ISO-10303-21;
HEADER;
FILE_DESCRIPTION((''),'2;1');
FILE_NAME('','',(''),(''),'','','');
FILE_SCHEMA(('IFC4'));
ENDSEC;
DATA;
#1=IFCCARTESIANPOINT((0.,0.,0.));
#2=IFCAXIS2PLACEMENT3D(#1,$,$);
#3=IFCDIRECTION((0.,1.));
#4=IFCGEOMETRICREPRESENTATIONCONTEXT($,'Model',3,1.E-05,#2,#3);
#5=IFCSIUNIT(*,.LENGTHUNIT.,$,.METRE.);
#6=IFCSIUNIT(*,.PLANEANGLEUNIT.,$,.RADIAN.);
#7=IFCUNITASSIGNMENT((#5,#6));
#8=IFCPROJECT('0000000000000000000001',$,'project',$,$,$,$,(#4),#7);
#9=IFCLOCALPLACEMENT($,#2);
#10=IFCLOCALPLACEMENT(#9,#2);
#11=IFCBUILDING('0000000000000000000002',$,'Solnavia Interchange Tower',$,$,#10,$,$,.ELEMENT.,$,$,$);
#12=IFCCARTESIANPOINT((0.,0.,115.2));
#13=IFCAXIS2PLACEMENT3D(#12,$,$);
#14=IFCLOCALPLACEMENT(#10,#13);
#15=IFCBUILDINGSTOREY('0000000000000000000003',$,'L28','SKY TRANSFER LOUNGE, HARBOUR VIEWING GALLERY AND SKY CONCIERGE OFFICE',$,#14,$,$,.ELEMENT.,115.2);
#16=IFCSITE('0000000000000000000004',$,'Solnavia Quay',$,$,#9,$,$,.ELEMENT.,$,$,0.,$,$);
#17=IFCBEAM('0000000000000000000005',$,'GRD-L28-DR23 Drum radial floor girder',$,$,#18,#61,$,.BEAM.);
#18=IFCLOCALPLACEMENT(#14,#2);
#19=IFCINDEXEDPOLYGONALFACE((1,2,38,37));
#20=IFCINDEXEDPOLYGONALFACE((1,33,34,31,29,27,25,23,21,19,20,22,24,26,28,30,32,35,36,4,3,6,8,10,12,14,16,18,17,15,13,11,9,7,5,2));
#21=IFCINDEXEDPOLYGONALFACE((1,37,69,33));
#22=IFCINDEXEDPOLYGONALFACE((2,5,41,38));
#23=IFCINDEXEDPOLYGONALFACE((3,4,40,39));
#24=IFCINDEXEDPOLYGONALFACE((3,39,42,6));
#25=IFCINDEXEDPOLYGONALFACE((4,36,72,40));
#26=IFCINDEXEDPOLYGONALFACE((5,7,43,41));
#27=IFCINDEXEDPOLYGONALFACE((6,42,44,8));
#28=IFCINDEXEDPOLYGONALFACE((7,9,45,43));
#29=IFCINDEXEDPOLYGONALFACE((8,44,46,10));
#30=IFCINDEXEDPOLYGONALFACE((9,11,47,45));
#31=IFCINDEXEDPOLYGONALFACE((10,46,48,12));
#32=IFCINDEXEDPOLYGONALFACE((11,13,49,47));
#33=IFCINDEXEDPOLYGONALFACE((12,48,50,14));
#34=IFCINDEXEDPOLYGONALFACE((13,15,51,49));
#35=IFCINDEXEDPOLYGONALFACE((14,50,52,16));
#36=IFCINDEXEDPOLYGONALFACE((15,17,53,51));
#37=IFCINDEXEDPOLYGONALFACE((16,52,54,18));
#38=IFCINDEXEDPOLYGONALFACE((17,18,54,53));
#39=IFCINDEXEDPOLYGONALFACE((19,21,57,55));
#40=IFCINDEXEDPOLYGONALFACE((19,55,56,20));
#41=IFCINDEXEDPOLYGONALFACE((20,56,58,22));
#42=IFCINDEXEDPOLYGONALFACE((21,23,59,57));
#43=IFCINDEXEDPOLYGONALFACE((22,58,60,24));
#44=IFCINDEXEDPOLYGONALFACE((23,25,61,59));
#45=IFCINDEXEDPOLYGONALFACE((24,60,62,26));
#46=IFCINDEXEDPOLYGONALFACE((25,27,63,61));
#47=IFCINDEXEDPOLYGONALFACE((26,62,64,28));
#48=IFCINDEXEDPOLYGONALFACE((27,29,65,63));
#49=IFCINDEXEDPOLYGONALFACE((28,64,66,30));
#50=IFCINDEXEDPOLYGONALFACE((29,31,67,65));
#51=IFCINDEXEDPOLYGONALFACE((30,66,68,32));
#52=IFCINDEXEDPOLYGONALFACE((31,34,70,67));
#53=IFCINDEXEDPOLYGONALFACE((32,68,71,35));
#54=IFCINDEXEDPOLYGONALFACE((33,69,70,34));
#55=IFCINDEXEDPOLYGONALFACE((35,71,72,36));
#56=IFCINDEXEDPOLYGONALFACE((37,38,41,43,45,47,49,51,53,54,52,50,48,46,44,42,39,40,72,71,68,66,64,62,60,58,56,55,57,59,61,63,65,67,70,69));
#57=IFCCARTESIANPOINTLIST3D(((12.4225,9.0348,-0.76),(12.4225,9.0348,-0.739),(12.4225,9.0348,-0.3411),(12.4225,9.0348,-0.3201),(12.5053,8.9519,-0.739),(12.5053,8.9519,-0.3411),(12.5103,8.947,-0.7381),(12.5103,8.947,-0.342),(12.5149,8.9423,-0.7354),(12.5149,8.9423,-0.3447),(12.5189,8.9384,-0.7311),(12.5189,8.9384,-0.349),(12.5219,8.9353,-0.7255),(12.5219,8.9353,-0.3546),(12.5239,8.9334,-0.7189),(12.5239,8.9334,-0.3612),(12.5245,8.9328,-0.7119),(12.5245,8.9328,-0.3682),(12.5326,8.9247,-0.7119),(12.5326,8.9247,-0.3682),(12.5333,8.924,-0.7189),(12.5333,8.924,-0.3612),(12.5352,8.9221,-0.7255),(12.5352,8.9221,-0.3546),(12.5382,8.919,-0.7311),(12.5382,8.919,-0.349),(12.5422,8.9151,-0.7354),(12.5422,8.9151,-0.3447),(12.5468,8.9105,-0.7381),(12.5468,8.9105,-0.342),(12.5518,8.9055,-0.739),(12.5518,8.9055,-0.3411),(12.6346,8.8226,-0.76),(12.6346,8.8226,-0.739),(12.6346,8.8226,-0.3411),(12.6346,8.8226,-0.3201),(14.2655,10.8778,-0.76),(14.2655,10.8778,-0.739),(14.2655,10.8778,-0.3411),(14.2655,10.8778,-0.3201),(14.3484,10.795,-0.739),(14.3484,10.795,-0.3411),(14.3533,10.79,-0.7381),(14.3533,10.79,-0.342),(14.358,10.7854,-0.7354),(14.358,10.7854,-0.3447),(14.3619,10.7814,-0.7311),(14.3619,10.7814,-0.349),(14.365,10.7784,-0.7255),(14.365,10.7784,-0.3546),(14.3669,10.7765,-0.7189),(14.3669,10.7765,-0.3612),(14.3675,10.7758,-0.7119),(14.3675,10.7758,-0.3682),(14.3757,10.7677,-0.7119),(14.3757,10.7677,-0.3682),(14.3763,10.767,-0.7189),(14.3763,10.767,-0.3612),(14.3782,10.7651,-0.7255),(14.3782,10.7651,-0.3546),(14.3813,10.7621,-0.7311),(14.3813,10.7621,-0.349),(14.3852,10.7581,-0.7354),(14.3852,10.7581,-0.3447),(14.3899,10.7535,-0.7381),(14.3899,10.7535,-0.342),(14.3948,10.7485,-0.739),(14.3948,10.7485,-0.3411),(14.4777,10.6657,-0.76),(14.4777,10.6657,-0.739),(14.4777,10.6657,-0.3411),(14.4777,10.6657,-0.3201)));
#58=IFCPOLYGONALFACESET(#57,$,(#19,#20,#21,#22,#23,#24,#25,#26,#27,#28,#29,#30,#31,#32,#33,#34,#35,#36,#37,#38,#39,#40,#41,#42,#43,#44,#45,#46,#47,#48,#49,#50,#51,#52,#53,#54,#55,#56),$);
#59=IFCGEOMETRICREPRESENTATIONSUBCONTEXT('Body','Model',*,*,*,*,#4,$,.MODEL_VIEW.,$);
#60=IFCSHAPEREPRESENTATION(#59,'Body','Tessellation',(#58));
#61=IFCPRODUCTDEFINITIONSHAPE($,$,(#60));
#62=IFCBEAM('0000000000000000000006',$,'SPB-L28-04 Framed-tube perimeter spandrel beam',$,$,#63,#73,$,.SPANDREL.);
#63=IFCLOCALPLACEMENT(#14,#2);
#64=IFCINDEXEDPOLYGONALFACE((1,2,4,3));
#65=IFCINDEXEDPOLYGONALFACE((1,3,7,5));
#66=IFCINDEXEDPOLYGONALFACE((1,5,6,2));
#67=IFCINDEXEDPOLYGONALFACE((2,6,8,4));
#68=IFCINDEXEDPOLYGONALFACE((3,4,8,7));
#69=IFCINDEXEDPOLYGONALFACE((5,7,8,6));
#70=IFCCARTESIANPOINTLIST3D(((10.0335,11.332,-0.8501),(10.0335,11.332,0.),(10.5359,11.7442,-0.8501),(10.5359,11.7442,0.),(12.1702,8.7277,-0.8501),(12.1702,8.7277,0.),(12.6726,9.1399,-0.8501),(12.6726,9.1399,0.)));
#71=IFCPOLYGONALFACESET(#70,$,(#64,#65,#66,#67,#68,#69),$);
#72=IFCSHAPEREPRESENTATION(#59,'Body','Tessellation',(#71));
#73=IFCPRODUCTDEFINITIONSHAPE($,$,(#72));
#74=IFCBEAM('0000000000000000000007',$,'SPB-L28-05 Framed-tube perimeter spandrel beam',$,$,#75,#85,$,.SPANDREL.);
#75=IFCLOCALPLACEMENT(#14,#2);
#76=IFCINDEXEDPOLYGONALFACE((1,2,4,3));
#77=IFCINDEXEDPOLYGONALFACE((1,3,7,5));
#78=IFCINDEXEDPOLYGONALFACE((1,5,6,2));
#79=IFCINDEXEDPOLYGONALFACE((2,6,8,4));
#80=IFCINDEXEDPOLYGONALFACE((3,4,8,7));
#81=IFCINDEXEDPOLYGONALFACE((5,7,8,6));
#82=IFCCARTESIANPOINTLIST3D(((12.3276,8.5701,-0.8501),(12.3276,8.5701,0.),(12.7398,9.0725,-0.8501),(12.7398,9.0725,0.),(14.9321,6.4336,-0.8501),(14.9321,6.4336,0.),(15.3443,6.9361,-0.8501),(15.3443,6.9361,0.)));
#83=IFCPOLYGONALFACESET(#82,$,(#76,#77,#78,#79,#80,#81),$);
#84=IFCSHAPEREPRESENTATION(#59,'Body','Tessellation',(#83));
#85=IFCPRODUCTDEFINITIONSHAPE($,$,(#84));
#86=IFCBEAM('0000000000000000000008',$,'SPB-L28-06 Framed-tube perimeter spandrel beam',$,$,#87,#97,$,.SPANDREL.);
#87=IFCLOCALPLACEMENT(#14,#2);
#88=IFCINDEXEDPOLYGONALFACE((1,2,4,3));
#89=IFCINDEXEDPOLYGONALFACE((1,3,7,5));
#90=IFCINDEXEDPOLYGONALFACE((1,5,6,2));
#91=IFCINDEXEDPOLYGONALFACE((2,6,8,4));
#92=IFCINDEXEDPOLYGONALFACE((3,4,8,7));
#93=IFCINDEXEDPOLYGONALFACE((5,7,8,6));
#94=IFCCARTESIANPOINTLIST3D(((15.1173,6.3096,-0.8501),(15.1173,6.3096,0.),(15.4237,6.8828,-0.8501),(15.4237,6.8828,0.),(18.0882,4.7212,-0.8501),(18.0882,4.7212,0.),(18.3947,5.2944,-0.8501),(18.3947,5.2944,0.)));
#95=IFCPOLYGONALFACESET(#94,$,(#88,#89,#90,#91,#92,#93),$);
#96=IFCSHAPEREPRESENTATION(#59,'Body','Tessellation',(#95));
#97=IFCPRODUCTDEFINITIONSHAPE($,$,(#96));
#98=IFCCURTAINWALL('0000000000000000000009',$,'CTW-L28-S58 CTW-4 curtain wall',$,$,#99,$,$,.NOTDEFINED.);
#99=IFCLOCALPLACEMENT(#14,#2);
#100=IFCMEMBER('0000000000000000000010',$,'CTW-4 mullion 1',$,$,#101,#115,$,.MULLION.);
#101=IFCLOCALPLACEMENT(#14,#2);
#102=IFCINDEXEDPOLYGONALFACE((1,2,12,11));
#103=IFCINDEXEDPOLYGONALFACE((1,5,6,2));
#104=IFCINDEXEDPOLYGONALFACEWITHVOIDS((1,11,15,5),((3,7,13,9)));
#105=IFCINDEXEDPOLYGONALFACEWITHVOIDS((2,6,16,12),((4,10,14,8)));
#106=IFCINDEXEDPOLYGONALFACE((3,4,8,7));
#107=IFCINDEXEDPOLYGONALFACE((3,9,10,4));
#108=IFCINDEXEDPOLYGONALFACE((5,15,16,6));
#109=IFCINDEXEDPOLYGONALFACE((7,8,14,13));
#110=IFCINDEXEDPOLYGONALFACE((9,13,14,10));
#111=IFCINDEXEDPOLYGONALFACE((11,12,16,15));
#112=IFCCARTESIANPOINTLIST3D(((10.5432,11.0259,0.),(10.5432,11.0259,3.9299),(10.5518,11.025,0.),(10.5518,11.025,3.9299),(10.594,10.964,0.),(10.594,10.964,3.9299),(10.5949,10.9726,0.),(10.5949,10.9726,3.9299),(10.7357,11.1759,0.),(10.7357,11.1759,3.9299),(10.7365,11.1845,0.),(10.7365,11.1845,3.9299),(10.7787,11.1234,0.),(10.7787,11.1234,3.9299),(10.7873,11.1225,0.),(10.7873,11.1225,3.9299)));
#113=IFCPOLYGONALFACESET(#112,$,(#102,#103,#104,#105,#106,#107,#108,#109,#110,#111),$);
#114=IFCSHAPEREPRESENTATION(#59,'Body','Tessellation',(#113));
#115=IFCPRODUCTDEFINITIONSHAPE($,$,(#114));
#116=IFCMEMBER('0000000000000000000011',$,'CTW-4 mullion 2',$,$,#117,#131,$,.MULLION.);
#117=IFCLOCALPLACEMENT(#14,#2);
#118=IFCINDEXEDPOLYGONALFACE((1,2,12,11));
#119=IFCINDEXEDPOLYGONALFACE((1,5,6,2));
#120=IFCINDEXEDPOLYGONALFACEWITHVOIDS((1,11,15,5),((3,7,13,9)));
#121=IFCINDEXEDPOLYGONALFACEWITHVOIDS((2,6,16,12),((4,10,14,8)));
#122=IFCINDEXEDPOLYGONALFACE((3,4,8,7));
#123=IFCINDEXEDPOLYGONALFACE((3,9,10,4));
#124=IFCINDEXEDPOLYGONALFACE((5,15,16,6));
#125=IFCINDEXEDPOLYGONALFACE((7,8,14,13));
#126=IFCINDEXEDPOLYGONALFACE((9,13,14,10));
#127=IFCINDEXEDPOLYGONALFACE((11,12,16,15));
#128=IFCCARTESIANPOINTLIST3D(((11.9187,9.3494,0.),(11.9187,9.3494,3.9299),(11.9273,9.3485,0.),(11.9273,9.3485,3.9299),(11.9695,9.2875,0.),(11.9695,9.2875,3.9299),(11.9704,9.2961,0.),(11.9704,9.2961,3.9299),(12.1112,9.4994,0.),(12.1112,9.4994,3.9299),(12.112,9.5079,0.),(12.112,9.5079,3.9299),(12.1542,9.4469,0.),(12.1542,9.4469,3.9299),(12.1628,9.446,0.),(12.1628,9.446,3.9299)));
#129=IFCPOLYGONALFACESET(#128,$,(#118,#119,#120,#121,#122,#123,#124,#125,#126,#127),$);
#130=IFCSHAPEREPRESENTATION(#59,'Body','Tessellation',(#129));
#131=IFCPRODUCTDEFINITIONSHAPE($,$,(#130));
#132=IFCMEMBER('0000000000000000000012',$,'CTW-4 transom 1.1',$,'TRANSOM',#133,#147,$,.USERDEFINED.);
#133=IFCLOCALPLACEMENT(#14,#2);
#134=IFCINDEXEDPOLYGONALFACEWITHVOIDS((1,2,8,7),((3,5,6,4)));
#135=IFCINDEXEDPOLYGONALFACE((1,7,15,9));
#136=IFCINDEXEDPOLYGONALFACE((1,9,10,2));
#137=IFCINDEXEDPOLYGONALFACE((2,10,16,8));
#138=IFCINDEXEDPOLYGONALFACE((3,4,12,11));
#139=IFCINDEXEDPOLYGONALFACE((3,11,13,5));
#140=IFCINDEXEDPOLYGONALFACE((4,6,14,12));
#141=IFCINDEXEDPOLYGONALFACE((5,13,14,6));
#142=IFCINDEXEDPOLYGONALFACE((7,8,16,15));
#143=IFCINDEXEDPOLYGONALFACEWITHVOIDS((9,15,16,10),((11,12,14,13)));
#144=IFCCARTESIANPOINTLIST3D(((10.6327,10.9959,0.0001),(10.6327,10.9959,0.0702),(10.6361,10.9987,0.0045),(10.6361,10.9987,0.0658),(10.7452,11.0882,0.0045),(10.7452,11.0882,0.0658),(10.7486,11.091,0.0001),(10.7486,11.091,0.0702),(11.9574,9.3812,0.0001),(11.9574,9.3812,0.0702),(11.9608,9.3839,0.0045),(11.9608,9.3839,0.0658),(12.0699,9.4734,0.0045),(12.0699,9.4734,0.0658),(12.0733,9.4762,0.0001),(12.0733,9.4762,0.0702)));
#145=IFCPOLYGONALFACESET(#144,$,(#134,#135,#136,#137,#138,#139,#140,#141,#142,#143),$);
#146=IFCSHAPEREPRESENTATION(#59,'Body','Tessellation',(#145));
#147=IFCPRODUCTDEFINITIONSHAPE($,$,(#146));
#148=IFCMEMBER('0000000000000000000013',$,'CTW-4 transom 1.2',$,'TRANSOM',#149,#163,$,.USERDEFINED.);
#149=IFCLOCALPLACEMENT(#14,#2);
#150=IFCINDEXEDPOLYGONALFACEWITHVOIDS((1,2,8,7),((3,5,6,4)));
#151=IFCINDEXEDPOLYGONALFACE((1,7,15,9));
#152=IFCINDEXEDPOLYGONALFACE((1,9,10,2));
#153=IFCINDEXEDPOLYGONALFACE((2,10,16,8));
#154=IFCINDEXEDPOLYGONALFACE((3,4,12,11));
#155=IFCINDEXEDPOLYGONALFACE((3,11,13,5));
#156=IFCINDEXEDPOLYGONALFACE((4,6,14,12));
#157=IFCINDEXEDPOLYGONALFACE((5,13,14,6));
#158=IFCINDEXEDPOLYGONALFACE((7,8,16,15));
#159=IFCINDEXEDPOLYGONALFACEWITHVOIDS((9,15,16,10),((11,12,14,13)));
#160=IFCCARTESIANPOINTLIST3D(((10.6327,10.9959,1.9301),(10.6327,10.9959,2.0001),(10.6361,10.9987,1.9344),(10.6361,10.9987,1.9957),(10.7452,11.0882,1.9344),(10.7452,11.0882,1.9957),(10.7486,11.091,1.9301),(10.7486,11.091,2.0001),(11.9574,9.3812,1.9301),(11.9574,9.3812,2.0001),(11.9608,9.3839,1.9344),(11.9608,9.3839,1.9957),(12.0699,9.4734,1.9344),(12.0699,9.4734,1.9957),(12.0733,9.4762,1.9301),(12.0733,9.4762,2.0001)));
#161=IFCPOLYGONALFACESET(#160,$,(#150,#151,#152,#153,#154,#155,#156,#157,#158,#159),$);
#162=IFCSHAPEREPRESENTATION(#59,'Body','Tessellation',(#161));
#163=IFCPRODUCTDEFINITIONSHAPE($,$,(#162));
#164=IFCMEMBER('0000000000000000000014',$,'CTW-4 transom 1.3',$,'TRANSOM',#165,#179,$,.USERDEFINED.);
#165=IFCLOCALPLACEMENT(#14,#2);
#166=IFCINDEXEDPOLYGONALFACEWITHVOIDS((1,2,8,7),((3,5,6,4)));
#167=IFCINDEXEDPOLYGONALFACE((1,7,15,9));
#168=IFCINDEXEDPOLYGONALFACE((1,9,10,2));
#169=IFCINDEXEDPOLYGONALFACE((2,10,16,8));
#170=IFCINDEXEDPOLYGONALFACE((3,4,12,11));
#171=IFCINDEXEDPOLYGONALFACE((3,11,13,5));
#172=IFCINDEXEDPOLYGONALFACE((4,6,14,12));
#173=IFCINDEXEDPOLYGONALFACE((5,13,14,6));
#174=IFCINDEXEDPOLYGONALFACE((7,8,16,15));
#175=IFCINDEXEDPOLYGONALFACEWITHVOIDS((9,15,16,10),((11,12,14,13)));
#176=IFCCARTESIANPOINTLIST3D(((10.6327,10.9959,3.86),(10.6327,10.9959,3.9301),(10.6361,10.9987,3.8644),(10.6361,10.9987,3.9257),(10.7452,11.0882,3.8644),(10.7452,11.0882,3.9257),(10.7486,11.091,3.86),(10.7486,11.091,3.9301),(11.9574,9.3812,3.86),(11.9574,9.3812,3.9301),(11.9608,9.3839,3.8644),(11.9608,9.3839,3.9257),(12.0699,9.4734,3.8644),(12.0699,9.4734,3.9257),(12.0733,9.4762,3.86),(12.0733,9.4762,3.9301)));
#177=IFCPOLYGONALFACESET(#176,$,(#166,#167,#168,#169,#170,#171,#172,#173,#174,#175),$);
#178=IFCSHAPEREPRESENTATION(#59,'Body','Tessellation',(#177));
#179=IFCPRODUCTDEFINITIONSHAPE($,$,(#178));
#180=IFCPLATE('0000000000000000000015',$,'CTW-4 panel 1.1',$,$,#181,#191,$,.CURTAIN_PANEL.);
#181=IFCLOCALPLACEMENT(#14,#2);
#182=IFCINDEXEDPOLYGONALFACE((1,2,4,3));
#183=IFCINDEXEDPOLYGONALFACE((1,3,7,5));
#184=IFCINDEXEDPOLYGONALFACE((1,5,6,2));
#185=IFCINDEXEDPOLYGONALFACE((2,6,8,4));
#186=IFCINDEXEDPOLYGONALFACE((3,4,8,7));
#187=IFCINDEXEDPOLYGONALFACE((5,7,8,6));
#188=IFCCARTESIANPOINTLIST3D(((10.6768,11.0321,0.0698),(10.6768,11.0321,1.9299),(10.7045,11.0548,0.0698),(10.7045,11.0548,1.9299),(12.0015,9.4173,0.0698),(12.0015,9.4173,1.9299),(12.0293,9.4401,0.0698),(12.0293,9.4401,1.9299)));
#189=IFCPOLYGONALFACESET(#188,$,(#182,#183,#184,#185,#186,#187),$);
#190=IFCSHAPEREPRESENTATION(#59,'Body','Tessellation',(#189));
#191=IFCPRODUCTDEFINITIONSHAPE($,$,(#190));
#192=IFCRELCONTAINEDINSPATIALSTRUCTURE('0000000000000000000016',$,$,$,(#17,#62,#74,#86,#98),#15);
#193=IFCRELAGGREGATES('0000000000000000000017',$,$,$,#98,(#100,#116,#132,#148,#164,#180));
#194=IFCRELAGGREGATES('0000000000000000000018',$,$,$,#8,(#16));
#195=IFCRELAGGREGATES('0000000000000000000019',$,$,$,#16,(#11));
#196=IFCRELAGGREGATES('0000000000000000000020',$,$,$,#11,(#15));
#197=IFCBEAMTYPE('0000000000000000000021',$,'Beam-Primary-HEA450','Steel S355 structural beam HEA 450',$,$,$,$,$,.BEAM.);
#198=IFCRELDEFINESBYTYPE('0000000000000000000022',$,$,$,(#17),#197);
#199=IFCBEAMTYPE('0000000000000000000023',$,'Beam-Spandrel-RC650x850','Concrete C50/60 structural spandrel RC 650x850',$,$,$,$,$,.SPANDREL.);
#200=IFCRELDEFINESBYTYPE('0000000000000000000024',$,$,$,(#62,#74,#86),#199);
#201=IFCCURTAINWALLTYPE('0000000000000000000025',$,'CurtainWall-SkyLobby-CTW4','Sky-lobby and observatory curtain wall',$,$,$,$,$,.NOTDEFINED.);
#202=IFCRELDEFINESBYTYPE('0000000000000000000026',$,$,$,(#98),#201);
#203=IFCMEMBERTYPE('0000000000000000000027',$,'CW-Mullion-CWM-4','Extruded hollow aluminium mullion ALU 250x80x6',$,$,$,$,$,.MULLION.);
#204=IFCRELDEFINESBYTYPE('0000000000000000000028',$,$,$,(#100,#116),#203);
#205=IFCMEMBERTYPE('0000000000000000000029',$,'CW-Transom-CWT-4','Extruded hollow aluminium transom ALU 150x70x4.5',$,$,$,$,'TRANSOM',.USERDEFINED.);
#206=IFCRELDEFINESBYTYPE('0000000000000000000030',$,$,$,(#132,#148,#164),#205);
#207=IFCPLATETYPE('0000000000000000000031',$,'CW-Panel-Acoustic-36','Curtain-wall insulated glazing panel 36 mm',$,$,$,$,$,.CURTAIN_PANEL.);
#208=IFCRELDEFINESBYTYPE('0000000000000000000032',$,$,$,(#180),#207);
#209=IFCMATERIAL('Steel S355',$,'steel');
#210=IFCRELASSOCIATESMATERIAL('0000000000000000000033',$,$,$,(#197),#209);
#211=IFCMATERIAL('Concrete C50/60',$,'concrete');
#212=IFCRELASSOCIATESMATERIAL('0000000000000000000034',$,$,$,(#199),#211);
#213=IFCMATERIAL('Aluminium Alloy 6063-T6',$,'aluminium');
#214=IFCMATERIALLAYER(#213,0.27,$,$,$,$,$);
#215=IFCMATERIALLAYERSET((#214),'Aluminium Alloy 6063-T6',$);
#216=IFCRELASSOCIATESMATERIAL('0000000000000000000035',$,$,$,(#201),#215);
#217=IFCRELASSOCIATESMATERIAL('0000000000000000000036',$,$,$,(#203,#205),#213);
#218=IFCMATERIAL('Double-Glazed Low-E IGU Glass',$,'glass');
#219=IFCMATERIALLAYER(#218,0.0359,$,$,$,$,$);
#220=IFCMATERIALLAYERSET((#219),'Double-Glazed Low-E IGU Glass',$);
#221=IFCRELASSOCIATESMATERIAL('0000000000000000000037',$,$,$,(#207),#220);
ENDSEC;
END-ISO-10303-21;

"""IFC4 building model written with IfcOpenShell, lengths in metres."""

from ifc_helpers import new_model, si_unit, direction, frame, origin, origin_2d, place, context, subcontext, project, spatial, rectangle, hollow_rectangle, i_section, extrude, material, layer, layer_set, material_profile, profile_set, type_object, element, aggregate, save


model = new_model("IFC4")

# Units and contexts
model_context = context("Model", 3, precision=1e-05, world=origin(), true_north=direction((0.0, 1.0)))
body_context = subcontext(model_context, "Body", "Model", "MODEL_VIEW")
ifc_project = project(units=[si_unit("LENGTHUNIT", "METRE"), si_unit("PLANEANGLEUNIT", "RADIAN")], contexts=[model_context])

# Site, building, storey
site_placement = place(None, origin())
site = spatial("IfcSite", under=ifc_project, at=site_placement, Name="Solnavia Quay", CompositionType="ELEMENT", RefElevation=0.0)
building_placement = place(site_placement, origin())
building = spatial("IfcBuilding", under=site, at=building_placement, Name="Solnavia Interchange Tower", CompositionType="ELEMENT")
storey_placement = place(building_placement, frame((0.0, 0.0, 115.2)))
storey = spatial("IfcBuildingStorey", under=building, at=storey_placement, Name="L28", Description="SKY TRANSFER LOUNGE, HARBOUR VIEWING GALLERY AND SKY CONCIERGE OFFICE", CompositionType="ELEMENT", Elevation=115.2)

# Shared definitions
ifc_material_1 = material(Name="Steel S355", Category="steel")

# Beams
ifc_material_profile_1 = material_profile(ifc_material_1, i_section(OverallWidth=0.3, OverallDepth=0.4399, WebThickness=0.0115, FlangeThickness=0.021, FilletRadius=0.0271, at=origin_2d()), Name="HEA 450")
ifc_profile_set_1 = profile_set([ifc_material_profile_1], Name="Steel S355")
beam_type_1 = type_object("IfcBeamType", Name="Beam-Primary-HEA450", Description="Steel S355 structural beam HEA 450", PredefinedType="BEAM", material=ifc_profile_set_1)
beam_1_placement = place(storey_placement, frame((12.5286, 8.9287, -0.54), z_axis=(0.707107, 0.707107, 0.0), x_axis=(-0.707107, 0.707107, 0.0)))
element("IfcBeam", 1, at=beam_1_placement, inside=storey, type_object=beam_type_1, Name="GRD-L28-DR23 Drum radial floor girder", PredefinedType="BEAM", context=body_context, shape_type="SweptSolid", body=[
    extrude(i_section(OverallWidth=0.3, OverallDepth=0.4399, WebThickness=0.0115, FlangeThickness=0.021, FilletRadius=0.0271, at=origin_2d()), origin(), (0.0, 0.0, 1.0), 2.6064),
])
ifc_material_2 = material(Name="Concrete C50/60", Category="concrete")
ifc_material_profile_2 = material_profile(ifc_material_2, rectangle(XDim=0.6499, YDim=0.8501, at=origin_2d()), Name="RC 650x850")
ifc_profile_set_2 = profile_set([ifc_material_profile_2], Name="Concrete C50/60")
beam_type_2 = type_object("IfcBeamType", Name="Beam-Spandrel-RC650x850", Description="Concrete C50/60 structural spandrel RC 650x850", PredefinedType="SPANDREL", material=ifc_profile_set_2)
for number, where, z_axis, x_axis, name in (
    (2, (10.2847, 11.5381, -0.425), (0.634299, -0.773088, 0.0), (0.773088, 0.634299, 0.0), "SPB-L28-04 Framed-tube perimeter spandrel beam"),
    (3, (12.5337, 8.8213, -0.425), (0.773153, -0.63422, 0.0), (0.63422, 0.773153, 0.0), "SPB-L28-05 Framed-tube perimeter spandrel beam"),
):
    element("IfcBeam", number, at=place(storey_placement, frame(where, z_axis=z_axis, x_axis=x_axis)), inside=storey, type_object=beam_type_2, Name=name, PredefinedType="SPANDREL", context=body_context, shape_type="SweptSolid", body=[
        extrude(rectangle(XDim=0.6499, YDim=0.8501, at=origin_2d()), origin(), (0.0, 0.0, 1.0), 3.3687),
    ])
beam_2_placement = place(storey_placement, frame((15.2705, 6.5962, -0.425), z_axis=(0.881875, -0.471483, 0.0), x_axis=(0.471483, 0.881875, 0.0)))
element("IfcBeam", 4, at=beam_2_placement, inside=storey, type_object=beam_type_2, Name="SPB-L28-06 Framed-tube perimeter spandrel beam", PredefinedType="SPANDREL", context=body_context, shape_type="SweptSolid", body=[
    extrude(rectangle(XDim=0.6499, YDim=0.8501, at=origin_2d()), origin(), (0.0, 0.0, 1.0), 3.3689),
])

# Curtain wall, members, plate
ifc_material_3 = material(Name="Aluminium Alloy 6063-T6", Category="aluminium")
ifc_layer_1 = layer(ifc_material_3, 0.27)
ifc_layer_set_1 = layer_set([ifc_layer_1], Name="Aluminium Alloy 6063-T6")
curtain_wall_type = type_object("IfcCurtainWallType", Name="CurtainWall-SkyLobby-CTW4", Description="Sky-lobby and observatory curtain wall", PredefinedType="NOTDEFINED", material=ifc_layer_set_1)
curtain_wall_placement = place(storey_placement, origin())
curtain_wall = element("IfcCurtainWall", 5, at=curtain_wall_placement, inside=storey, type_object=curtain_wall_type, Name="CTW-L28-S58 CTW-4 curtain wall", PredefinedType="NOTDEFINED")
ifc_material_profile_3 = material_profile(ifc_material_3, hollow_rectangle(XDim=0.0801, YDim=0.25, WallThickness=0.0061, at=origin_2d()), Name="ALU 250x80x6")
ifc_profile_set_3 = profile_set([ifc_material_profile_3], Name="Aluminium Alloy 6063-T6")
member_type_1 = type_object("IfcMemberType", Name="CW-Mullion-CWM-4", Description="Extruded hollow aluminium mullion ALU 250x80x6", PredefinedType="MULLION", material=ifc_profile_set_3)
member_1_placement = place(storey_placement, frame((10.6653, 11.0742, 0.0), z_axis=(0.0, 0.0, 1.0), x_axis=(0.634269, -0.773113, 0.0)))
member_1 = element("IfcMember", 6, at=member_1_placement, type_object=member_type_1, Name="CTW-4 mullion 1", PredefinedType="MULLION", context=body_context, shape_type="SweptSolid", body=[
    extrude(hollow_rectangle(XDim=0.0801, YDim=0.25, WallThickness=0.0061, at=origin_2d()), origin(), (0.0, 0.0, 1.0), 3.9299),
])
member_2_placement = place(storey_placement, frame((12.0408, 9.3977, 0.0), z_axis=(0.0, 0.0, 1.0), x_axis=(0.634269, -0.773113, 0.0)))
member_2 = element("IfcMember", 7, at=member_2_placement, type_object=member_type_1, Name="CTW-4 mullion 2", PredefinedType="MULLION", context=body_context, shape_type="SweptSolid", body=[
    extrude(hollow_rectangle(XDim=0.0801, YDim=0.25, WallThickness=0.0061, at=origin_2d()), origin(), (0.0, 0.0, 1.0), 3.9299),
])
ifc_material_profile_4 = material_profile(ifc_material_3, hollow_rectangle(XDim=0.0701, YDim=0.1499, WallThickness=0.0044, at=origin_2d()), Name="ALU 150x70x4.5")
ifc_profile_set_4 = profile_set([ifc_material_profile_4], Name="Aluminium Alloy 6063-T6")
member_type_2 = type_object("IfcMemberType", Name="CW-Transom-CWT-4", Description="Extruded hollow aluminium transom ALU 150x70x4.5", ElementType="TRANSOM", PredefinedType="USERDEFINED", material=ifc_profile_set_4)
member_3_placement = place(storey_placement, frame((10.6907, 11.0435, 0.0352), z_axis=(0.634256, -0.773123, 0.0), x_axis=(0.0, 0.0, 1.0)))
member_3 = element("IfcMember", 8, at=member_3_placement, type_object=member_type_2, Name="CTW-4 transom 1.1", ObjectType="TRANSOM", PredefinedType="USERDEFINED", context=body_context, shape_type="SweptSolid", body=[
    extrude(hollow_rectangle(XDim=0.0701, YDim=0.1499, WallThickness=0.0044, at=origin_2d()), origin(), (0.0, 0.0, 1.0), 2.0886),
])
member_4_placement = place(storey_placement, frame((10.6907, 11.0435, 1.9651), z_axis=(0.634256, -0.773123, 0.0), x_axis=(0.0, 0.0, 1.0)))
member_4 = element("IfcMember", 9, at=member_4_placement, type_object=member_type_2, Name="CTW-4 transom 1.2", ObjectType="TRANSOM", PredefinedType="USERDEFINED", context=body_context, shape_type="SweptSolid", body=[
    extrude(hollow_rectangle(XDim=0.0701, YDim=0.1499, WallThickness=0.0044, at=origin_2d()), origin(), (0.0, 0.0, 1.0), 2.0886),
])
member_5_placement = place(storey_placement, frame((10.6907, 11.0435, 3.895), z_axis=(0.634256, -0.773123, 0.0), x_axis=(0.0, 0.0, 1.0)))
member_5 = element("IfcMember", 10, at=member_5_placement, type_object=member_type_2, Name="CTW-4 transom 1.3", ObjectType="TRANSOM", PredefinedType="USERDEFINED", context=body_context, shape_type="SweptSolid", body=[
    extrude(hollow_rectangle(XDim=0.0701, YDim=0.1499, WallThickness=0.0044, at=origin_2d()), origin(), (0.0, 0.0, 1.0), 2.0886),
])
ifc_material_4 = material(Name="Double-Glazed Low-E IGU Glass", Category="glass")
ifc_layer_2 = layer(ifc_material_4, 0.0359)
ifc_layer_set_2 = layer_set([ifc_layer_2], Name="Double-Glazed Low-E IGU Glass")
plate_type = type_object("IfcPlateType", Name="CW-Panel-Acoustic-36", Description="Curtain-wall insulated glazing panel 36 mm", PredefinedType="CURTAIN_PANEL", material=ifc_layer_set_2)
plate_1_placement = place(storey_placement, frame((11.353, 10.2361, 0.0698), z_axis=(0.0, 0.0, 1.0), x_axis=(0.634269, -0.773113, 0.0)))
plate_1 = element("IfcPlate", 11, at=plate_1_placement, type_object=plate_type, Name="CTW-4 panel 1.1", PredefinedType="CURTAIN_PANEL", context=body_context, shape_type="SweptSolid", body=[
    extrude(rectangle(XDim=2.0886, YDim=0.0359, at=origin_2d()), origin(), (0.0, 0.0, 1.0), 1.8601),
])
aggregate(curtain_wall, [member_1, member_2, member_3, member_4, member_5, plate_1])

save(model, "model.ifc")
